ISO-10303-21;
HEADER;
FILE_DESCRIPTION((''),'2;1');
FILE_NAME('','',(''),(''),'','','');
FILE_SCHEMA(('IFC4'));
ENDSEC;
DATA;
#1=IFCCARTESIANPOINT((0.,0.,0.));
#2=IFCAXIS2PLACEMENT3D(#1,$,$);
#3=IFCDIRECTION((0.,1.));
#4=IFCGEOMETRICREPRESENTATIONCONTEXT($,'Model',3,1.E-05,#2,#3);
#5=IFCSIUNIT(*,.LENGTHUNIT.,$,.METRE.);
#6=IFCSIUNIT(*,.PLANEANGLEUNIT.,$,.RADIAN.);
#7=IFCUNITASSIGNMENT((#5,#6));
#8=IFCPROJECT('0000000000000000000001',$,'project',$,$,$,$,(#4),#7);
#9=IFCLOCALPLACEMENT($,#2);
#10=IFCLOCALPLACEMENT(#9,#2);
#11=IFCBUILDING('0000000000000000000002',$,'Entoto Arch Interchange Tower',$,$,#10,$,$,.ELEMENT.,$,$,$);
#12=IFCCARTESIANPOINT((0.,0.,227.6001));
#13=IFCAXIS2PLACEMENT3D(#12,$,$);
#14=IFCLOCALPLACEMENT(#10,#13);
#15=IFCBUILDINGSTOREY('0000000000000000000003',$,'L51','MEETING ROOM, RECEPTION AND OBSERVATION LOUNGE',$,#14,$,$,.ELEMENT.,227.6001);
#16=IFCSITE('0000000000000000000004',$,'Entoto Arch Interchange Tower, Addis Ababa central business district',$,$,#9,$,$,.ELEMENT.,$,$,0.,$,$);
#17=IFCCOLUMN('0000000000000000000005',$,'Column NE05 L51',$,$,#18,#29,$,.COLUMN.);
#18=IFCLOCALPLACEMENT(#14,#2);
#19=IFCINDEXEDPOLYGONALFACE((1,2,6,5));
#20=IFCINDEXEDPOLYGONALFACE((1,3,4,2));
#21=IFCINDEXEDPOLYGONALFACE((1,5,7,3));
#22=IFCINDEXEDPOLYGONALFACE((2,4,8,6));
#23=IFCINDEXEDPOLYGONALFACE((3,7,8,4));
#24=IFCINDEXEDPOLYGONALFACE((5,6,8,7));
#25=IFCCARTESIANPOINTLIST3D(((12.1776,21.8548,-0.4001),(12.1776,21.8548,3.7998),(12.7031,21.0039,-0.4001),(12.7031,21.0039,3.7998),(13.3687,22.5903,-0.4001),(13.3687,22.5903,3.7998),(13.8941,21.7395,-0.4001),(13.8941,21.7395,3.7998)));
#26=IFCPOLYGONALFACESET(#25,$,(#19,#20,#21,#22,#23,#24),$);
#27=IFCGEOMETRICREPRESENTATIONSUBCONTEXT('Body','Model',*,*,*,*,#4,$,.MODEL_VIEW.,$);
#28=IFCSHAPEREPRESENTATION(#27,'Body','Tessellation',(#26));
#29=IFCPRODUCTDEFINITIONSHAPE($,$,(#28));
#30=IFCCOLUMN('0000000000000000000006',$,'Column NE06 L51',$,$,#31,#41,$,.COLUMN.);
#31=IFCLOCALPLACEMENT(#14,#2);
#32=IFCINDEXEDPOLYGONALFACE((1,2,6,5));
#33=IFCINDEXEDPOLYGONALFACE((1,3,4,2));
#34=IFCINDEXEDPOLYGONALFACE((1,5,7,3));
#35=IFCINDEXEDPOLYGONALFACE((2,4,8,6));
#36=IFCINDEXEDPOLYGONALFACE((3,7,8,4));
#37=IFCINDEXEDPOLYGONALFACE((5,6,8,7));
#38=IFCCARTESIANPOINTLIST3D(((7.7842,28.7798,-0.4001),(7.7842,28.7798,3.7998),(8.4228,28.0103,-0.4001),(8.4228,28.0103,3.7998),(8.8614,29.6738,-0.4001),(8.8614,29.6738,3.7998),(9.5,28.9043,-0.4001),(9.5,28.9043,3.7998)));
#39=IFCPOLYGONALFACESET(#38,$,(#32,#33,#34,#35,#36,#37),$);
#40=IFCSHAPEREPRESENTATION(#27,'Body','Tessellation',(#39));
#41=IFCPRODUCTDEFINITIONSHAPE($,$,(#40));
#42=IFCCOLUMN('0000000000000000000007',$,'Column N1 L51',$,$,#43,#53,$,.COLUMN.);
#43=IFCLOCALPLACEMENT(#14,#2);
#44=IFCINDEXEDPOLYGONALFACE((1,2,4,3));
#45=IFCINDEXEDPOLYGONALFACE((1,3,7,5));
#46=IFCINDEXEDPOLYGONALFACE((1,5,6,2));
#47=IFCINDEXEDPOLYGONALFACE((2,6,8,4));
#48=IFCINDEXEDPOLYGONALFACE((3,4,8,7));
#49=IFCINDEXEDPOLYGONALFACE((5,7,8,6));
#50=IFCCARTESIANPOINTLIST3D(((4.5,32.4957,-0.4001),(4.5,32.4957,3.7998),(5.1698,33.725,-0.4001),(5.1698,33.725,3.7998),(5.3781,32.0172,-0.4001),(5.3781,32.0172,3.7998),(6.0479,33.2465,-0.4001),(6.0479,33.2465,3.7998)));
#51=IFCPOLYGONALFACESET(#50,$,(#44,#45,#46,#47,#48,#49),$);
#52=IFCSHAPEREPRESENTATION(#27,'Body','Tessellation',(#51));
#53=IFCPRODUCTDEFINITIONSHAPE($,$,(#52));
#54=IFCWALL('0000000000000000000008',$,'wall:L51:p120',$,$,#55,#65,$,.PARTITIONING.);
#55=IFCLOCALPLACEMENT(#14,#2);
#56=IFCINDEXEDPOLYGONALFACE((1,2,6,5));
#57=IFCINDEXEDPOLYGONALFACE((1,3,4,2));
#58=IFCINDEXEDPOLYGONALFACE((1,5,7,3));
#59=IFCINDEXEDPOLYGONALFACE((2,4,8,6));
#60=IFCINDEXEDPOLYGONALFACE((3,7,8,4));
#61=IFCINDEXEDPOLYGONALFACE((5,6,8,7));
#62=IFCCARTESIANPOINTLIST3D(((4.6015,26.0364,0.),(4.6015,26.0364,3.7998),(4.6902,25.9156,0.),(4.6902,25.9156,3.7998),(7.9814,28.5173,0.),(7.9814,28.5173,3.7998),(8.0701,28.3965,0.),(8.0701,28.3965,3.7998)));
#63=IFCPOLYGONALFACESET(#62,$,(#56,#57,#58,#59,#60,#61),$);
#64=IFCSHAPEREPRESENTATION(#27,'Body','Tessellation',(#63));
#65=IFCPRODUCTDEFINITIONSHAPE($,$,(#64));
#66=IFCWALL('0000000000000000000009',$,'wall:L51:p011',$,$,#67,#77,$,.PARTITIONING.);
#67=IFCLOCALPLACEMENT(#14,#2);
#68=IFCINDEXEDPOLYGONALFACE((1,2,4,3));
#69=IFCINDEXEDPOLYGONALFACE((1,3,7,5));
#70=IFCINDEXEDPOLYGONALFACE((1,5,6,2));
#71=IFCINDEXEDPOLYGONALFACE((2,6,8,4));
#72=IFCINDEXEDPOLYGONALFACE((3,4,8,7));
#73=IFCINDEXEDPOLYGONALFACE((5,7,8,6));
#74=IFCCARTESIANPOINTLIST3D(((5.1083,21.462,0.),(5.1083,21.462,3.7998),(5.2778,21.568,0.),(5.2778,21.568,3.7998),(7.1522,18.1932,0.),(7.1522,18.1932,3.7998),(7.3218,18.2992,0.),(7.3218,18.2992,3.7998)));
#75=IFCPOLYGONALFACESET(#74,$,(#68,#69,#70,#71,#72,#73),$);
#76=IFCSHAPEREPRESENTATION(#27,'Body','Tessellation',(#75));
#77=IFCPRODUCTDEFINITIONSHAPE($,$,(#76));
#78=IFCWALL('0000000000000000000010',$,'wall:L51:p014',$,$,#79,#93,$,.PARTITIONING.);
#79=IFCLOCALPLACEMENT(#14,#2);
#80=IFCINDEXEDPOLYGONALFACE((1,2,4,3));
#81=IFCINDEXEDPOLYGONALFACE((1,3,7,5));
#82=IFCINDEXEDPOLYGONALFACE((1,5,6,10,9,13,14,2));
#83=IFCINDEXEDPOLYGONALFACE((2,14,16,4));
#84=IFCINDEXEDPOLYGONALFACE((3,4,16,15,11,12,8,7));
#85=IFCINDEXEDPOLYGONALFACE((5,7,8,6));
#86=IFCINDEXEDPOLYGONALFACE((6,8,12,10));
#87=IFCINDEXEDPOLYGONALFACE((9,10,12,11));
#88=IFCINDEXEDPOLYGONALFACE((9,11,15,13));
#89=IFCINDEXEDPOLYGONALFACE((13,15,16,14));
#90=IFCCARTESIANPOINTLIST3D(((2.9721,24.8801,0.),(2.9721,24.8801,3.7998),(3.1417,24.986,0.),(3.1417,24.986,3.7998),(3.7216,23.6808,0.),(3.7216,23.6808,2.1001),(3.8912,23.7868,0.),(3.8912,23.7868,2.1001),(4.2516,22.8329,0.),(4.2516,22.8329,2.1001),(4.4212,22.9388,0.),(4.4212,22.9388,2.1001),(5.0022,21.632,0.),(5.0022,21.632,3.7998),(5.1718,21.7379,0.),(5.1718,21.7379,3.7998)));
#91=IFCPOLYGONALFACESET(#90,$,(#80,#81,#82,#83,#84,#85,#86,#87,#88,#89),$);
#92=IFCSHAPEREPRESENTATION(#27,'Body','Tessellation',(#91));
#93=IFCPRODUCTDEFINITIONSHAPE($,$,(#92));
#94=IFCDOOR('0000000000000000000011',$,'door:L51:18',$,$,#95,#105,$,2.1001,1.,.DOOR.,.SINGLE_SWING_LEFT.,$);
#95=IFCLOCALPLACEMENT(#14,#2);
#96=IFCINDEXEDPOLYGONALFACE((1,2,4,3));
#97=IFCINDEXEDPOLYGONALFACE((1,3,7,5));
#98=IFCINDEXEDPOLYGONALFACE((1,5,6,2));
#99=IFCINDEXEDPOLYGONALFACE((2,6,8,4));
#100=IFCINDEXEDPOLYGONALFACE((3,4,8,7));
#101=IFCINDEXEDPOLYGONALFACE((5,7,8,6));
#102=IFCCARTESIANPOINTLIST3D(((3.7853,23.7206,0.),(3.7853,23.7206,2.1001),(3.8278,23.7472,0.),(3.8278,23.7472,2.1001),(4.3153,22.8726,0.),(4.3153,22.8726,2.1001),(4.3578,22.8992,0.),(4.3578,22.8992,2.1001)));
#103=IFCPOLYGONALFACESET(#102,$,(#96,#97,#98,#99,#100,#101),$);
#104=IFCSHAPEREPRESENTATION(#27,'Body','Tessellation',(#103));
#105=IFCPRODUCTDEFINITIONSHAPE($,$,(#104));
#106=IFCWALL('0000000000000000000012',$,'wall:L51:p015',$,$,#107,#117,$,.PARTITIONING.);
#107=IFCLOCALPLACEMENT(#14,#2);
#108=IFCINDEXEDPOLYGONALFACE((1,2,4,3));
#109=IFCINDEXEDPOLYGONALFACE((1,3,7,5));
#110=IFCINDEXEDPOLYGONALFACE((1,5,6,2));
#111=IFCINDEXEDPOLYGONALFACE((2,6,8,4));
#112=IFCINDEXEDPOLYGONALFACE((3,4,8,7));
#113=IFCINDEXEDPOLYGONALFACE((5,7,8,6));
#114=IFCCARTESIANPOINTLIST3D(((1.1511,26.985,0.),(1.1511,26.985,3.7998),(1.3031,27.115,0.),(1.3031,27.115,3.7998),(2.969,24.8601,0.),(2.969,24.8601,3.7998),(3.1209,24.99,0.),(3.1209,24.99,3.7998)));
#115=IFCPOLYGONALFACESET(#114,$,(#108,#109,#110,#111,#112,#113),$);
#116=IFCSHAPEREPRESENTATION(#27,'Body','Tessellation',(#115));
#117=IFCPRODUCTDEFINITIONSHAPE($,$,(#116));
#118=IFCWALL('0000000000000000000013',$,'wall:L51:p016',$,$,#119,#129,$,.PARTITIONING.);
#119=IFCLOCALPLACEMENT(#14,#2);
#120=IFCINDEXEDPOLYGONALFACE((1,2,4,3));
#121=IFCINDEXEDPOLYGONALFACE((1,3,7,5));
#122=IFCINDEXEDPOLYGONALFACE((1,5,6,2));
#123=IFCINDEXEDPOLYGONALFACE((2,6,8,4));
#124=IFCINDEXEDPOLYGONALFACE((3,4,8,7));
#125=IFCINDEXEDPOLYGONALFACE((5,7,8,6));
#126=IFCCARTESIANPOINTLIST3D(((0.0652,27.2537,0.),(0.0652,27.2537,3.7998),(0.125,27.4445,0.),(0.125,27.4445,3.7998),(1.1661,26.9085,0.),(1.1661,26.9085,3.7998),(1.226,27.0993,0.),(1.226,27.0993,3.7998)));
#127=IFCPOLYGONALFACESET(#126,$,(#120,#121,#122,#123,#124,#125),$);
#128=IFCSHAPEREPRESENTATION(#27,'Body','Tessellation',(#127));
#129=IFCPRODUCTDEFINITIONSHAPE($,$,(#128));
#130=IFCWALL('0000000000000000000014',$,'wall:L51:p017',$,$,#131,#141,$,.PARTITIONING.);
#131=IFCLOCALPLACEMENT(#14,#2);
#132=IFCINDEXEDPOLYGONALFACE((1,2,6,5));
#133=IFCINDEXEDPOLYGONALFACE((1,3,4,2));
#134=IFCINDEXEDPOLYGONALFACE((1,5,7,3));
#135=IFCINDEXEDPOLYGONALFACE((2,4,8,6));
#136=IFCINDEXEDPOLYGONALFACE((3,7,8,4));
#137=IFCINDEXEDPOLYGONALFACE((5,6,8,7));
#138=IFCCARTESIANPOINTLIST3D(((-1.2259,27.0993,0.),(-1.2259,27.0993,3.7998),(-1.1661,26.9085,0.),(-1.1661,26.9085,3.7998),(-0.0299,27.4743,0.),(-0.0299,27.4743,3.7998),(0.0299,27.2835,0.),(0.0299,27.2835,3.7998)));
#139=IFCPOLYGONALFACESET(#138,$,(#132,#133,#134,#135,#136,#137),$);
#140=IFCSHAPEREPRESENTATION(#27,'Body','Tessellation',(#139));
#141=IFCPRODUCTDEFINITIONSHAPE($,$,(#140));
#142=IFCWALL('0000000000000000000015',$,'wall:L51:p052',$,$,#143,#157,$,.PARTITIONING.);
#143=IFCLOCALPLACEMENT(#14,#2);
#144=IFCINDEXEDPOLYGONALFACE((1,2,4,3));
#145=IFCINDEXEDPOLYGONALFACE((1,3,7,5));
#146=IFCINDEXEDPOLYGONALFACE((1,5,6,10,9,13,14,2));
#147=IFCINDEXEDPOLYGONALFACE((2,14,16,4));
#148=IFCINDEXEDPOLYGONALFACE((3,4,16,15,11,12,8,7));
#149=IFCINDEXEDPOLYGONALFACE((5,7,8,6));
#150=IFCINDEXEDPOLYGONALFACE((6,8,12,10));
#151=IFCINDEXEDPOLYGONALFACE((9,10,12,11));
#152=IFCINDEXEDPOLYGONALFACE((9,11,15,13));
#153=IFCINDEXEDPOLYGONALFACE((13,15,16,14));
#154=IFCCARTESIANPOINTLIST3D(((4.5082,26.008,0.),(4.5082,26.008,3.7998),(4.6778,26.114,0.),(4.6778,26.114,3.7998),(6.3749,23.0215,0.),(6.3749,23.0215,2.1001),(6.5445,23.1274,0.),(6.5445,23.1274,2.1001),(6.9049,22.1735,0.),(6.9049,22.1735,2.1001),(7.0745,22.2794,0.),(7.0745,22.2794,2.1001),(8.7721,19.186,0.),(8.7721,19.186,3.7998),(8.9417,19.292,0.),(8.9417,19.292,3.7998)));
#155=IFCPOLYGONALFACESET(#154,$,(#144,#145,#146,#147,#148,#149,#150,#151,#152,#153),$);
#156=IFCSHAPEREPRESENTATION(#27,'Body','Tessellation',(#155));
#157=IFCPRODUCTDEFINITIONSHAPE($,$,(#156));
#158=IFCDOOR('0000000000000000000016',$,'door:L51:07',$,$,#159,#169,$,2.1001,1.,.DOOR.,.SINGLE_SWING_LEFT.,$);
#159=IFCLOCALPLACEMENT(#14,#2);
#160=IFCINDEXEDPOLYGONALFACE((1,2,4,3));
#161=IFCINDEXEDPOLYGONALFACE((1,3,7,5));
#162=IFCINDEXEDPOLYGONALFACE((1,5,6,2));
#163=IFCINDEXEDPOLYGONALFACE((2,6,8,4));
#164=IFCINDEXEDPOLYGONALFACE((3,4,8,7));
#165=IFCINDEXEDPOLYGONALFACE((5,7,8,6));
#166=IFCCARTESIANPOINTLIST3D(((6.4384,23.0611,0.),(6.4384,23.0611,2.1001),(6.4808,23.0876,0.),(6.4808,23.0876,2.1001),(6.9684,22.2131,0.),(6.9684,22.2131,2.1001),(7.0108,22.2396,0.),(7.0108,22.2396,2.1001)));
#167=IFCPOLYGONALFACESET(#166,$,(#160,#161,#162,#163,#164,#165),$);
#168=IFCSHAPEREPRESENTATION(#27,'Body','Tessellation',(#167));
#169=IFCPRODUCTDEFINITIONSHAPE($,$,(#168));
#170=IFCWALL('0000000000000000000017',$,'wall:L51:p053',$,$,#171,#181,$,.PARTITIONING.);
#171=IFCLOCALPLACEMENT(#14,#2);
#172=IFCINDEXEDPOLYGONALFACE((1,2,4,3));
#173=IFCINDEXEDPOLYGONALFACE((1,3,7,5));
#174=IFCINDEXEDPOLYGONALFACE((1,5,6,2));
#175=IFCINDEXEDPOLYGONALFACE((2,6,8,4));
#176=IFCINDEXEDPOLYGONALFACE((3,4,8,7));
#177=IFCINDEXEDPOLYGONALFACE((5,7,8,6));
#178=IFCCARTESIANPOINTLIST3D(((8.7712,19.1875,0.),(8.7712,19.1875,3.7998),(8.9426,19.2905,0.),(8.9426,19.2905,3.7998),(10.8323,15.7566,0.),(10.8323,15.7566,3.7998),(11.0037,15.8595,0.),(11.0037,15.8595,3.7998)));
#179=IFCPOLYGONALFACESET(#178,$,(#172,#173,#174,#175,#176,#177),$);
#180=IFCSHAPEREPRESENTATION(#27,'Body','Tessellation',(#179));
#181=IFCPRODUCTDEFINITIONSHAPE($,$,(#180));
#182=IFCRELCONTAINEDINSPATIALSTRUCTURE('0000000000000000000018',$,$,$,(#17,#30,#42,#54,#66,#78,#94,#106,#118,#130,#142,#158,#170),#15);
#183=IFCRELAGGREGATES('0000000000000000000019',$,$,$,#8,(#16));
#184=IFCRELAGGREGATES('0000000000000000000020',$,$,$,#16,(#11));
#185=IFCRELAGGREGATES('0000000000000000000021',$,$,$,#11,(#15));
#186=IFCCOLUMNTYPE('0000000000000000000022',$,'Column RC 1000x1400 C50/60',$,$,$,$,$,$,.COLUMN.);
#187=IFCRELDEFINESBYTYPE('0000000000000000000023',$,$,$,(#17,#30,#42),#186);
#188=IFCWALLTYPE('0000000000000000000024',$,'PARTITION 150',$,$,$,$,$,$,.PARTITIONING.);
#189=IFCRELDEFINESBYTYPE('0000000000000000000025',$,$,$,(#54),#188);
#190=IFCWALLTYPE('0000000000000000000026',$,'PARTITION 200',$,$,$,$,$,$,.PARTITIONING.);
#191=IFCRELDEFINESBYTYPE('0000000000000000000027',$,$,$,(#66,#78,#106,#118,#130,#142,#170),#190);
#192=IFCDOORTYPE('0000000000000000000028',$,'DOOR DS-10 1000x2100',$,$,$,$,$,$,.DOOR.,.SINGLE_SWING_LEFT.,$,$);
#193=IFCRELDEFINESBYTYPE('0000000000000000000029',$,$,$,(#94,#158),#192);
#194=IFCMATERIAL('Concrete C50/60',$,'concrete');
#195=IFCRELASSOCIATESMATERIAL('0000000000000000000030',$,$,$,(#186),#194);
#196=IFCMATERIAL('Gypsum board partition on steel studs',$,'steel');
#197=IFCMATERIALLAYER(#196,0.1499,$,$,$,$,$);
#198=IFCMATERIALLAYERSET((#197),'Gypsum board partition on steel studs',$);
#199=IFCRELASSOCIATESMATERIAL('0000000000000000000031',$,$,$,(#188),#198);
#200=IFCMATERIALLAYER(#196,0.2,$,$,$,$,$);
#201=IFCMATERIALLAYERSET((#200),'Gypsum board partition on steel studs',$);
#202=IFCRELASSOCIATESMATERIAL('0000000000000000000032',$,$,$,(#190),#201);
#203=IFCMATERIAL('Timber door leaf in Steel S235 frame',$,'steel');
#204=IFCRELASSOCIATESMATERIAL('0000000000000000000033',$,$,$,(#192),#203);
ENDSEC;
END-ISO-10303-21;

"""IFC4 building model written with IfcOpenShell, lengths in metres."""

from ifc_helpers import new_model, si_unit, direction, frame, frame_2d, origin, origin_2d, place, context, subcontext, project, spatial, rectangle, extrude, material, layer, layer_set, material_profile, profile_set, type_object, element, fill, save


model = new_model("IFC4")

# Units and contexts
model_context = context("Model", 3, precision=1e-05, world=origin(), true_north=direction((0.0, 1.0)))
body_context = subcontext(model_context, "Body", "Model", "MODEL_VIEW")
ifc_project = project(units=[si_unit("LENGTHUNIT", "METRE"), si_unit("PLANEANGLEUNIT", "RADIAN")], contexts=[model_context])

# Site, building, storey
site_placement = place(None, origin())
site = spatial("IfcSite", under=ifc_project, at=site_placement, Name="Entoto Arch Interchange Tower, Addis Ababa central business district", CompositionType="ELEMENT", RefElevation=0.0)
building_placement = place(site_placement, origin())
building = spatial("IfcBuilding", under=site, at=building_placement, Name="Entoto Arch Interchange Tower", CompositionType="ELEMENT")
storey_placement = place(building_placement, frame((0.0, 0.0, 227.6001)))
storey = spatial("IfcBuildingStorey", under=building, at=storey_placement, Name="L51", Description="MEETING ROOM, RECEPTION AND OBSERVATION LOUNGE", CompositionType="ELEMENT", Elevation=227.6001)

# Columns
ifc_material_1 = material(Name="Concrete C50/60", Category="concrete")
ifc_material_profile = material_profile(ifc_material_1, rectangle(XDim=1.0, YDim=1.3999, at=origin_2d()))
ifc_profile_set = profile_set([ifc_material_profile], Name="Concrete C50/60")
column_type = type_object("IfcColumnType", Name="Column RC 1000x1400 C50/60", PredefinedType="COLUMN", material=ifc_profile_set)
for number, where, z_axis, x_axis, name in (
    (1, (13.0359, 21.7971, -0.4001), (0.0, 0.0, 1.0), (-0.525427, 0.850839, 0.0), "Column NE05 L51"),
    (2, (8.6421, 28.842, -0.4001), (0.0, 0.0, 1.0), (-0.63866, 0.769489, 0.0), "Column NE06 L51"),
    (3, (5.2739, 32.8711, -0.4001), (0.0, 0.0, 1.0), (-0.8781, 0.478477, 0.0), "Column N1 L51"),
):
    element("IfcColumn", number, at=place(storey_placement, frame(where, z_axis=z_axis, x_axis=x_axis)), inside=storey, type_object=column_type, Name=name, PredefinedType="COLUMN", context=body_context, shape_type="SweptSolid", body=[
        extrude(rectangle(XDim=1.0, YDim=1.3999, at=origin_2d()), origin(), (0.0, 0.0, 1.0), 4.2),
    ])

# Walls
ifc_material_2 = material(Name="Gypsum board partition on steel studs", Category="steel")
ifc_layer_1 = layer(ifc_material_2, 0.1499)
ifc_layer_set_1 = layer_set([ifc_layer_1], Name="Gypsum board partition on steel studs")
wall_type_1 = type_object("IfcWallType", Name="PARTITION 150", PredefinedType="PARTITIONING", material=ifc_layer_set_1)
wall_1_placement = place(storey_placement, frame((4.646, 25.9761, 0.0), z_axis=(0.0, 0.0, 1.0), x_axis=(0.806135, 0.591732, 0.0)))
element("IfcWall", 4, at=wall_1_placement, inside=storey, type_object=wall_type_1, Name="wall:L51:p120", PredefinedType="PARTITIONING", context=body_context, shape_type="SweptSolid", body=[
    extrude(rectangle(XDim=4.1926, YDim=0.1499, at=frame_2d((2.0962, 0.0))), origin(), (0.0, 0.0, 1.0), 3.7998),
])
ifc_layer_2 = layer(ifc_material_2, 0.2)
ifc_layer_set_2 = layer_set([ifc_layer_2], Name="Gypsum board partition on steel studs")
wall_type_2 = type_object("IfcWallType", Name="PARTITION 200", PredefinedType="PARTITIONING", material=ifc_layer_set_2)
wall_2_placement = place(storey_placement, frame((7.2371, 18.2461, 0.0), z_axis=(0.0, 0.0, 1.0), x_axis=(-0.530175, 0.847888, 0.0)))
element("IfcWall", 5, at=wall_2_placement, inside=storey, type_object=wall_type_2, Name="wall:L51:p011", PredefinedType="PARTITIONING", context=body_context, shape_type="SweptSolid", body=[
    extrude(rectangle(XDim=3.8552, YDim=0.2, at=frame_2d((1.9277, 0.0))), origin(), (0.0, 0.0, 1.0), 3.7998),
])

# Wall, opening, door
wall_3_placement = place(storey_placement, frame((5.0869, 21.6851, 0.0), z_axis=(0.0, 0.0, 1.0), x_axis=(-0.529999, 0.847998, 0.0)))
wall_3 = element("IfcWall", 6, at=wall_3_placement, inside=storey, type_object=wall_type_2, Name="wall:L51:p014", PredefinedType="PARTITIONING", context=body_context, shape_type="SweptSolid", body=[
    extrude(rectangle(XDim=3.8303, YDim=0.2, at=frame_2d((1.915, 0.0))), origin(), (0.0, 0.0, 1.0), 3.7998),
])
opening_1_placement = place(wall_3_placement, frame((1.416, 0.0, 0.0)))
opening_1 = element("IfcOpeningElement", 7, at=opening_1_placement, cuts=wall_3, PredefinedType="OPENING", context=body_context, shape_type="SweptSolid", body=[
    extrude(rectangle(XDim=1.0, YDim=2.1001, at=frame_2d((0.5, 1.05))), frame((0.0, 0.1099, 0.0), z_axis=(0.0, -1.0, 0.0), x_axis=(1.0, 0.0, 0.0)), (0.0, 0.0, 1.0), 0.22),
])
ifc_material_3 = material(Name="Timber door leaf in Steel S235 frame", Category="steel")
door_type = type_object("IfcDoorType", Name="DOOR DS-10 1000x2100", OperationType="SINGLE_SWING_LEFT", PredefinedType="DOOR", material=ifc_material_3)
door_1_placement = place(opening_1_placement, origin())
door_1 = element("IfcDoor", 8, at=door_1_placement, inside=storey, type_object=door_type, Name="door:L51:18", OperationType="SINGLE_SWING_LEFT", OverallHeight=2.1001, OverallWidth=1.0, PredefinedType="DOOR", context=body_context, shape_type="SweptSolid", body=[
    extrude(rectangle(XDim=1.0, YDim=2.1001, at=frame_2d((0.5, 1.05))), frame((0.0, 0.0249, 0.0), z_axis=(0.0, -1.0, 0.0), x_axis=(1.0, 0.0, 0.0)), (0.0, 0.0, 1.0), 0.05),
])
fill(opening_1, door_1)

# Walls
wall_4_placement = place(storey_placement, frame((3.0449, 24.925, 0.0), z_axis=(0.0, 0.0, 1.0), x_axis=(-0.650058, 0.759885, 0.0)))
element("IfcWall", 9, at=wall_4_placement, inside=storey, type_object=wall_type_2, Name="wall:L51:p015", PredefinedType="PARTITIONING", context=body_context, shape_type="SweptSolid", body=[
    extrude(rectangle(XDim=2.7964, YDim=0.2, at=frame_2d((1.3982, 0.0))), origin(), (0.0, 0.0, 1.0), 3.7998),
])
wall_5_placement = place(storey_placement, frame((1.196, 27.0039, 0.0), z_axis=(0.0, 0.0, 1.0), x_axis=(-0.954201, 0.299166, 0.0)))
element("IfcWall", 10, at=wall_5_placement, inside=storey, type_object=wall_type_2, Name="wall:L51:p016", PredefinedType="PARTITIONING", context=body_context, shape_type="SweptSolid", body=[
    extrude(rectangle(XDim=1.1538, YDim=0.2, at=frame_2d((0.5769, 0.0))), origin(), (0.0, 0.0, 1.0), 3.7998),
])
wall_6_placement = place(storey_placement, frame((0.0, 27.3789, 0.0), z_axis=(0.0, 0.0, 1.0), x_axis=(-0.954199, -0.299173, 0.0)))
element("IfcWall", 11, at=wall_6_placement, inside=storey, type_object=wall_type_2, Name="wall:L51:p017", PredefinedType="PARTITIONING", context=body_context, shape_type="SweptSolid", body=[
    extrude(rectangle(XDim=1.2534, YDim=0.2, at=frame_2d((0.6267, 0.0))), origin(), (0.0, 0.0, 1.0), 3.7998),
])

# Wall, opening, door
wall_7_placement = place(storey_placement, frame((4.593, 26.061, 0.0), z_axis=(0.0, 0.0, 1.0), x_axis=(0.530013, -0.84799, 0.0)))
wall_7 = element("IfcWall", 12, at=wall_7_placement, inside=storey, type_object=wall_type_2, Name="wall:L51:p052", PredefinedType="PARTITIONING", context=body_context, shape_type="SweptSolid", body=[
    extrude(rectangle(XDim=8.0449, YDim=0.2, at=frame_2d((4.0225, 0.0))), origin(), (0.0, 0.0, 1.0), 3.7998),
])
opening_2_placement = place(wall_7_placement, frame((3.522, 0.0, 0.0)))
opening_2 = element("IfcOpeningElement", 13, at=opening_2_placement, cuts=wall_7, PredefinedType="OPENING", context=body_context, shape_type="SweptSolid", body=[
    extrude(rectangle(XDim=1.0, YDim=2.1001, at=frame_2d((0.5, 1.05))), frame((0.0, 0.1099, 0.0), z_axis=(0.0, -1.0, 0.0), x_axis=(1.0, 0.0, 0.0)), (0.0, 0.0, 1.0), 0.22),
])
door_2_placement = place(opening_2_placement, origin())
door_2 = element("IfcDoor", 14, at=door_2_placement, inside=storey, type_object=door_type, Name="door:L51:07", OperationType="SINGLE_SWING_LEFT", OverallHeight=2.1001, OverallWidth=1.0, PredefinedType="DOOR", context=body_context, shape_type="SweptSolid", body=[
    extrude(rectangle(XDim=1.0, YDim=2.1001, at=frame_2d((0.5, 1.05))), frame((0.0, 0.0249, 0.0), z_axis=(0.0, -1.0, 0.0), x_axis=(1.0, 0.0, 0.0)), (0.0, 0.0, 1.0), 0.05),
])
fill(opening_2, door_2)

# Wall
wall_8_placement = place(storey_placement, frame((8.8569, 19.239, 0.0), z_axis=(0.0, 0.0, 1.0), x_axis=(0.514953, -0.857218, 0.0)))
element("IfcWall", 15, at=wall_8_placement, inside=storey, type_object=wall_type_2, Name="wall:L51:p053", PredefinedType="PARTITIONING", context=body_context, shape_type="SweptSolid", body=[
    extrude(rectangle(XDim=4.0024, YDim=0.2, at=frame_2d((2.0012, 0.0))), origin(), (0.0, 0.0, 1.0), 3.7998),
])

save(model, "model.ifc")
